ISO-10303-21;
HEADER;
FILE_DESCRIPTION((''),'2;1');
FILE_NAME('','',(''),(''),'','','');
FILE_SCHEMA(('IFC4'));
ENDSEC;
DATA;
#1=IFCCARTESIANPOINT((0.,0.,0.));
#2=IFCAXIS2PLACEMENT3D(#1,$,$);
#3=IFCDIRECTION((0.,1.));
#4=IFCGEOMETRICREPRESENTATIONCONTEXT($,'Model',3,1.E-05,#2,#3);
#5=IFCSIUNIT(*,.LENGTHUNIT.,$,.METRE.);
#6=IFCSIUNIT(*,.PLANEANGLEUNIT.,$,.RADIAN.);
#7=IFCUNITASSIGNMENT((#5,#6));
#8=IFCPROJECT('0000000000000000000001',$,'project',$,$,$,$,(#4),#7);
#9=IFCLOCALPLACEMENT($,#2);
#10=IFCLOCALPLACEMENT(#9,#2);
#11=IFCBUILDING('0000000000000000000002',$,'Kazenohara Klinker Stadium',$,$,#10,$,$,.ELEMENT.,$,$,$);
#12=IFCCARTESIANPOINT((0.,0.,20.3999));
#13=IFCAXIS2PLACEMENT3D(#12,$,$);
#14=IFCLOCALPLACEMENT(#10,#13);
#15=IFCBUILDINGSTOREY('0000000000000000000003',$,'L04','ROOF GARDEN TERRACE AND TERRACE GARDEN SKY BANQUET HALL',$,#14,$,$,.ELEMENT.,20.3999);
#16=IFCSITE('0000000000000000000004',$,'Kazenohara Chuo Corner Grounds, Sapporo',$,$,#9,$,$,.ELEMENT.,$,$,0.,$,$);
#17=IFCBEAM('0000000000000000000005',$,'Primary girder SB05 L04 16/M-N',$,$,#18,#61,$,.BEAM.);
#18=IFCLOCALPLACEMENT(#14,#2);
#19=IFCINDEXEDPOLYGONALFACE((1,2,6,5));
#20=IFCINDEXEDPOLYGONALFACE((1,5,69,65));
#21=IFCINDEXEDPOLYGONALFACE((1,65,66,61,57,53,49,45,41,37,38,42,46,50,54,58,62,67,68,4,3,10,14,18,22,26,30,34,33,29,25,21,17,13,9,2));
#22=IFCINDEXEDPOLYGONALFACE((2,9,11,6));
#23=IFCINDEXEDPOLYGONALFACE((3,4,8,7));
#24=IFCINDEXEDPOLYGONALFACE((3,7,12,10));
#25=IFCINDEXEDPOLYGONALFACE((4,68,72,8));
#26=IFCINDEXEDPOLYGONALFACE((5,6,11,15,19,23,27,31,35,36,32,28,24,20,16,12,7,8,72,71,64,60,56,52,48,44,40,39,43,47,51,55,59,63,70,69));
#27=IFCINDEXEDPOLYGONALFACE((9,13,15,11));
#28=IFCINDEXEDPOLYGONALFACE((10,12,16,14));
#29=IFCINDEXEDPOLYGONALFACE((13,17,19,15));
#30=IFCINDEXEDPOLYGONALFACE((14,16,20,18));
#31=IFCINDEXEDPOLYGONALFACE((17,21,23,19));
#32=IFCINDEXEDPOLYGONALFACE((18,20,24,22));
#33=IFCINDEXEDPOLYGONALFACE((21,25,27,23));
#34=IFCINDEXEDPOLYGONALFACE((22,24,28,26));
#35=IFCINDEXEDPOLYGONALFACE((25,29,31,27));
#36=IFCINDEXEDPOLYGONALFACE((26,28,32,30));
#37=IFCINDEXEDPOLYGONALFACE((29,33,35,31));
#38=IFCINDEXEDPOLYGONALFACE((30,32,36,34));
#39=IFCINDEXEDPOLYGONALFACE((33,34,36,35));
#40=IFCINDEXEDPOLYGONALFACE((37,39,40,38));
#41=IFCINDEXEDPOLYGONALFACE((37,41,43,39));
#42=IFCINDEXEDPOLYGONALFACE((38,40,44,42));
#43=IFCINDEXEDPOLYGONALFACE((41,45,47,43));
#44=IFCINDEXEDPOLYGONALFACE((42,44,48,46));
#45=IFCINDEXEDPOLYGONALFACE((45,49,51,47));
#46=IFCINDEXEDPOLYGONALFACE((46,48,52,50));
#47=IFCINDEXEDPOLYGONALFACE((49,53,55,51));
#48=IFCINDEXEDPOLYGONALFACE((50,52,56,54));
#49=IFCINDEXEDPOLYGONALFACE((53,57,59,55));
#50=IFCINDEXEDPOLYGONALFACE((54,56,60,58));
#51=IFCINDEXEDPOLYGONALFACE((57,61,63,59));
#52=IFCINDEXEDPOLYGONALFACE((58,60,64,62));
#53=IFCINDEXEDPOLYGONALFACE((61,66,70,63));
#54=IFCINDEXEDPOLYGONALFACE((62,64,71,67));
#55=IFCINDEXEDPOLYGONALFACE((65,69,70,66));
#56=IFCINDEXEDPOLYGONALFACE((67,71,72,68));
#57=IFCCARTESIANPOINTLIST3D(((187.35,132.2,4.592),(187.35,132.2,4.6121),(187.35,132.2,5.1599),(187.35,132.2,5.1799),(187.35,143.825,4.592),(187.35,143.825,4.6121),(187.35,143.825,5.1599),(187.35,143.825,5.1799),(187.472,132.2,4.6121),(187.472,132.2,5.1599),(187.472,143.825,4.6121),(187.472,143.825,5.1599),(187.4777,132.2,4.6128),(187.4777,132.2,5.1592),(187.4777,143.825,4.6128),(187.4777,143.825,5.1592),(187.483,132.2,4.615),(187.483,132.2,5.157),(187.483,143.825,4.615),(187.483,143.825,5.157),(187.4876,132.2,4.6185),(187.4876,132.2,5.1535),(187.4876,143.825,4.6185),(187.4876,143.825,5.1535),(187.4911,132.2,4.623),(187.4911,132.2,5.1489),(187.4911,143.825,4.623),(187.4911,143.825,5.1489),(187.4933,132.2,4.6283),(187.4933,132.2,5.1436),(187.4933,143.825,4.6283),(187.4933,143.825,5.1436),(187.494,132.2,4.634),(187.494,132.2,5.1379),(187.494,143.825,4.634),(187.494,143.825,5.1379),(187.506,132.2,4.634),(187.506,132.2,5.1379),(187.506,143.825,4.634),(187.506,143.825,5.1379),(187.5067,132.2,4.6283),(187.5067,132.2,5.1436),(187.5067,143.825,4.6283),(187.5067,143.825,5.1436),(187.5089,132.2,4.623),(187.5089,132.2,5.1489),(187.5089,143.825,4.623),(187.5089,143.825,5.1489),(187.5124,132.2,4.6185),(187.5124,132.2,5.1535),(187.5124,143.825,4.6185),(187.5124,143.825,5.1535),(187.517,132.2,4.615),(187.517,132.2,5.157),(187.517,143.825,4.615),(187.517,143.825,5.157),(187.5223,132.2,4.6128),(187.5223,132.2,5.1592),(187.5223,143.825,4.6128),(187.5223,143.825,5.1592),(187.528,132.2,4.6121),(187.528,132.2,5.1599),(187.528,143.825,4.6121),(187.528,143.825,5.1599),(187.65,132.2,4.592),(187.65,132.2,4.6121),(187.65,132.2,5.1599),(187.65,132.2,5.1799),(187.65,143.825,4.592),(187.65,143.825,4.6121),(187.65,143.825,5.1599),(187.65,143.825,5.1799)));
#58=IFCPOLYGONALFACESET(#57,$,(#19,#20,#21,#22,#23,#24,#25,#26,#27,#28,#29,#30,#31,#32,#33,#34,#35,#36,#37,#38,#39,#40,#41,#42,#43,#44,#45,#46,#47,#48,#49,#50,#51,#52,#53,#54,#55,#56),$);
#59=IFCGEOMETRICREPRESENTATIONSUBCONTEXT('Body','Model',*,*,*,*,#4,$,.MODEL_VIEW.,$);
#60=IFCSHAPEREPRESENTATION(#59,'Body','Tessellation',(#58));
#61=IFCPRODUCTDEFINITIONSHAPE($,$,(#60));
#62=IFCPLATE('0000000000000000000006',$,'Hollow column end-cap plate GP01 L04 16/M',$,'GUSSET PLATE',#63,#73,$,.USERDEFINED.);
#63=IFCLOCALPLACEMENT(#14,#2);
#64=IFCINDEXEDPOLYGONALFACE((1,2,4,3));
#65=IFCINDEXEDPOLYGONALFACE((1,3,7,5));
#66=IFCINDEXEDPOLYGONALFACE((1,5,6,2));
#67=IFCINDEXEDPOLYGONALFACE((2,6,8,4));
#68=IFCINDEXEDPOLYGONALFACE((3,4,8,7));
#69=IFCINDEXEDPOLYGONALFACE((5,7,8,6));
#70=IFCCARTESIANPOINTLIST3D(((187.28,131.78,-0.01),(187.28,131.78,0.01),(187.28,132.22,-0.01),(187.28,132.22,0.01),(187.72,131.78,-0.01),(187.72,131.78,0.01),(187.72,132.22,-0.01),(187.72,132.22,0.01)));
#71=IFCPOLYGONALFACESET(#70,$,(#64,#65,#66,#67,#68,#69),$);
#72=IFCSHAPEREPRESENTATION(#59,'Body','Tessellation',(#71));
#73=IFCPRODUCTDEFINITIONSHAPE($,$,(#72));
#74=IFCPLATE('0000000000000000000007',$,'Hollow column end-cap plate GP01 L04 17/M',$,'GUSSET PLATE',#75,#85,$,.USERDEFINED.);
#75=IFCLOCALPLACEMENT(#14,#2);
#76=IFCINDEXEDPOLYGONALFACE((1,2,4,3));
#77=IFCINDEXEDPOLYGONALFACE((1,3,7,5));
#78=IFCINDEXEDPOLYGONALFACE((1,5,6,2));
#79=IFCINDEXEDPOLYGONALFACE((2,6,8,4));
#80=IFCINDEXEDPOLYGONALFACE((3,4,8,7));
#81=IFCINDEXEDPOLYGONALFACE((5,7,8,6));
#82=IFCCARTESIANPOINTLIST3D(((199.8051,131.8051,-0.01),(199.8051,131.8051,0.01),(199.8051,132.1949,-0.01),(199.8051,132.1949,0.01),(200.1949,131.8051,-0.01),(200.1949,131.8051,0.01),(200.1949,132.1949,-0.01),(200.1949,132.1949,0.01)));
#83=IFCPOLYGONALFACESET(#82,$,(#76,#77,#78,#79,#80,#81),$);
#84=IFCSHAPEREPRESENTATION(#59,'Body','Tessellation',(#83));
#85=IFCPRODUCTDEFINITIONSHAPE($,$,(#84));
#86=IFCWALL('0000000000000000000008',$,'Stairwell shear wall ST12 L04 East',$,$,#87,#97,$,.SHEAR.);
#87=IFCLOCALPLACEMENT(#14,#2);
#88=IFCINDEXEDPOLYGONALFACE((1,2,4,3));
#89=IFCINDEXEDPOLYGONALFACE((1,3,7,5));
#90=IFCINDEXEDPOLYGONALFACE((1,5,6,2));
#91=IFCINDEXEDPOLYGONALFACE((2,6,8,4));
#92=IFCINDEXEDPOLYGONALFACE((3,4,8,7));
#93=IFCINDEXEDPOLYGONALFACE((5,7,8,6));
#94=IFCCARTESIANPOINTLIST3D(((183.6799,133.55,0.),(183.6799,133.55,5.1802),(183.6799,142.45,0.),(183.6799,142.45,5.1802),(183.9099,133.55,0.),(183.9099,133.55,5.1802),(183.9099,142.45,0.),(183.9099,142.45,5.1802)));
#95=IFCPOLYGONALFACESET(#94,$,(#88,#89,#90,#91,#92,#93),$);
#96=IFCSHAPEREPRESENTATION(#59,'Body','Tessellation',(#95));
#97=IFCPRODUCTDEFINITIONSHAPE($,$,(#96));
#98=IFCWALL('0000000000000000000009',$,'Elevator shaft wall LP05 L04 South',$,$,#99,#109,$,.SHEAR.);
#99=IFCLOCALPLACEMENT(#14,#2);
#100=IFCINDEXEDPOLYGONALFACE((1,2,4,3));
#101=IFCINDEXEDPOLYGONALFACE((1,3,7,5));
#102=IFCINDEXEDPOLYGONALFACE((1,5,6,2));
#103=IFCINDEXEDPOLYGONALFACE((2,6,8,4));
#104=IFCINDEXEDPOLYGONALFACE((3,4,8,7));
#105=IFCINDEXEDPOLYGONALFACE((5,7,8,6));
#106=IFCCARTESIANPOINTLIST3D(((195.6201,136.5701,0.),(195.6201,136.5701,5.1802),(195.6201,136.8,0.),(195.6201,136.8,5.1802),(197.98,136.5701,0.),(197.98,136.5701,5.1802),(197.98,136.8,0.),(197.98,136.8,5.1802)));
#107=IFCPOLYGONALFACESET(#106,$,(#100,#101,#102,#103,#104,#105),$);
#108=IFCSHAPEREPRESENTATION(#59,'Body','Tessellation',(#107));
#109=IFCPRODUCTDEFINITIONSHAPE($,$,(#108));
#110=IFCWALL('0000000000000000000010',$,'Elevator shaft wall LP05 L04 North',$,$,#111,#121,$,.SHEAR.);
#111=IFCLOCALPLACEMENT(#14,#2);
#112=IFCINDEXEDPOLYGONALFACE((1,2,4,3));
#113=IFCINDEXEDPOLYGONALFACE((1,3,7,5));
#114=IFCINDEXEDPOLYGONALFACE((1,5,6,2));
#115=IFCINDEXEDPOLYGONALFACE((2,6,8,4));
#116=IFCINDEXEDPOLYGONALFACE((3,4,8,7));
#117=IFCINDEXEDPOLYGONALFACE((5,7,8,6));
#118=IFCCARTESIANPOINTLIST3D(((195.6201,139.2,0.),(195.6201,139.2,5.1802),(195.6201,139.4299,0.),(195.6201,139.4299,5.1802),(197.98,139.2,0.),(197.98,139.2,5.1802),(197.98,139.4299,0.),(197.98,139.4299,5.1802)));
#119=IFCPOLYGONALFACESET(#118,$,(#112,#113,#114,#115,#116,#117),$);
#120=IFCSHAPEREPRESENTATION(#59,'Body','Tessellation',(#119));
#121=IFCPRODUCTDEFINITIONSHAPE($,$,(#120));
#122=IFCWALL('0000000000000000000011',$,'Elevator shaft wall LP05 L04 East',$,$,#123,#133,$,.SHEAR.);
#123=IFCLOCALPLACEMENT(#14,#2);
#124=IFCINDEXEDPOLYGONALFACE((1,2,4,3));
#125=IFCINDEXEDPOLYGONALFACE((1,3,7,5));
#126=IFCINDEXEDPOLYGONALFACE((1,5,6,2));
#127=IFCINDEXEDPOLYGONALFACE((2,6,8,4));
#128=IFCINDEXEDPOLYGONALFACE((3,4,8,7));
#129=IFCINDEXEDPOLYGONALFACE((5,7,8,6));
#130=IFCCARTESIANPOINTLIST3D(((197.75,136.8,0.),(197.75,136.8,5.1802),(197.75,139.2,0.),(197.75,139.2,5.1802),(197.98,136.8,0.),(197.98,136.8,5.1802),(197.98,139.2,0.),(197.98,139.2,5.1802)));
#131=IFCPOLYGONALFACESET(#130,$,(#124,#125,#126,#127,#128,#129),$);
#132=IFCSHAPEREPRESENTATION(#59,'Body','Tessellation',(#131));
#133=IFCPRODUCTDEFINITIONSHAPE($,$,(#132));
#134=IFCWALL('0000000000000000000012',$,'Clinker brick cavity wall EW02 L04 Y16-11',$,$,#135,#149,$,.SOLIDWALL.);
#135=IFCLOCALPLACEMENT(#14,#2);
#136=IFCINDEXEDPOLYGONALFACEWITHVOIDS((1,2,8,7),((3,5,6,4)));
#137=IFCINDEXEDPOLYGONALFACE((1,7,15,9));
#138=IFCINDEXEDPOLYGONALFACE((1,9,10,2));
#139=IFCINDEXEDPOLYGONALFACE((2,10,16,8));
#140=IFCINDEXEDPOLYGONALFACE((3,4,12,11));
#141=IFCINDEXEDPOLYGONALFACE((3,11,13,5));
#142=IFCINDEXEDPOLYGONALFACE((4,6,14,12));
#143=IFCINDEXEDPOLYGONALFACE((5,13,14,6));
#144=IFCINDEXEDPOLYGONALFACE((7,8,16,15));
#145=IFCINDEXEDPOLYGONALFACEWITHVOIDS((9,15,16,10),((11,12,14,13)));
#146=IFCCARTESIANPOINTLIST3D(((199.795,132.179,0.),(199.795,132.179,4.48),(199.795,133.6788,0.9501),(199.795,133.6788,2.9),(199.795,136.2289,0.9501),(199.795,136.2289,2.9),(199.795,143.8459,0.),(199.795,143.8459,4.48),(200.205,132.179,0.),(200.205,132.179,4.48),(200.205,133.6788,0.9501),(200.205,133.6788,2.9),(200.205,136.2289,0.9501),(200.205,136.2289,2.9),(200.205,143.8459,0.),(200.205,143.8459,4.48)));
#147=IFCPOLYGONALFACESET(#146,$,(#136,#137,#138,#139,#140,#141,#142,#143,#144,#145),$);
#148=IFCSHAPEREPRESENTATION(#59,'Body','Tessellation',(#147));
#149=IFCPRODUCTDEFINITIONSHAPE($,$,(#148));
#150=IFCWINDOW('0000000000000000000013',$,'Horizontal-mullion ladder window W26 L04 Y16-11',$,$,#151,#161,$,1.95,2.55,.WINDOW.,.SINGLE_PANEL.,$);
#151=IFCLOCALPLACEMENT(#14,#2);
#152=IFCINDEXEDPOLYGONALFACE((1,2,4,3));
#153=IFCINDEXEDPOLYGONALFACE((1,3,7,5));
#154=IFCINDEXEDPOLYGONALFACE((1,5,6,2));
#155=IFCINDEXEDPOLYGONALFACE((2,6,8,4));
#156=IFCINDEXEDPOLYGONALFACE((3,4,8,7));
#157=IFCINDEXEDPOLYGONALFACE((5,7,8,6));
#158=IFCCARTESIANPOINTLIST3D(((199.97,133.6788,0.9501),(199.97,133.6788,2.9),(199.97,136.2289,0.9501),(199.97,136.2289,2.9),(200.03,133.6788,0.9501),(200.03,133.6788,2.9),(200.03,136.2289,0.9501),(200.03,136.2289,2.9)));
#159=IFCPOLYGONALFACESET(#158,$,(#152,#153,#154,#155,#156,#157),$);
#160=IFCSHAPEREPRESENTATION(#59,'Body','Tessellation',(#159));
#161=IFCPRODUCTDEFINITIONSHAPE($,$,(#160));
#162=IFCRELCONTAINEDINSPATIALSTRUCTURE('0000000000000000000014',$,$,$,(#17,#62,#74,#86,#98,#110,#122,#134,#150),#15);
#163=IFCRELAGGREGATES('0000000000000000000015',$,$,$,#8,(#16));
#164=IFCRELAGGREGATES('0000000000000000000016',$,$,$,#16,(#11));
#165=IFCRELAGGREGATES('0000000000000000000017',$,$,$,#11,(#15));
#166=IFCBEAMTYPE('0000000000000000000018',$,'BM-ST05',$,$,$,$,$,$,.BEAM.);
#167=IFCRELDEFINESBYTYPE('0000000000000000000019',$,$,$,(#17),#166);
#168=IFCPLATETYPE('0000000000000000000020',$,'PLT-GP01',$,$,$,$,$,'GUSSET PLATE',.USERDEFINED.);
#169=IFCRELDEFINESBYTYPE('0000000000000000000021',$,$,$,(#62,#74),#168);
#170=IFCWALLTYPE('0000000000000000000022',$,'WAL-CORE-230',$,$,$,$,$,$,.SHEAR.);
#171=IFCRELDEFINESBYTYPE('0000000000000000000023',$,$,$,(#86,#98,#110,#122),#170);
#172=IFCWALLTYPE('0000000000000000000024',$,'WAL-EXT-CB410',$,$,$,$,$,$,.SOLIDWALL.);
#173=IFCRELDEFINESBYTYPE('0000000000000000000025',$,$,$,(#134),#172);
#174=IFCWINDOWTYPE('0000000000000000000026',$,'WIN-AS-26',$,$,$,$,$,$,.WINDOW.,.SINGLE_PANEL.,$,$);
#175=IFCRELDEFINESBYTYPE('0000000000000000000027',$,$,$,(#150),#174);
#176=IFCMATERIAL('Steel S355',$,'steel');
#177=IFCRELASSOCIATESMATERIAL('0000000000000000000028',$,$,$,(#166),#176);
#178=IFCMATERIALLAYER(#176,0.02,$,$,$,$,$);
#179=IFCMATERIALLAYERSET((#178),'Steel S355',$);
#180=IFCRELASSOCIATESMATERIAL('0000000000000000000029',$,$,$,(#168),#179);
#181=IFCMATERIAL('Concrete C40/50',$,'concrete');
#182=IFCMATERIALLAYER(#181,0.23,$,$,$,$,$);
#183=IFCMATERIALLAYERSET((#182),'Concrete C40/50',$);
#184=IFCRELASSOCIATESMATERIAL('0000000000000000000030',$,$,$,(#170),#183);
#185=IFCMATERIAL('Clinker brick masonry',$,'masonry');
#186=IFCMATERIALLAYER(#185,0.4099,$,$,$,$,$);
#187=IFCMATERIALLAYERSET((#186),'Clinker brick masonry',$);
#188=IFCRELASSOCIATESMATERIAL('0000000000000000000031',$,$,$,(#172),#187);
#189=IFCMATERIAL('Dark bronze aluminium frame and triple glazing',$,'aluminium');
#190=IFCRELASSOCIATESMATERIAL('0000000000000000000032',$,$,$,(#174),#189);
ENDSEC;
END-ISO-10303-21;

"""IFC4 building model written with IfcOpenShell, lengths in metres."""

from ifc_helpers import new_model, si_unit, direction, frame, frame_2d, origin, origin_2d, place, context, subcontext, project, spatial, rectangle, i_section, extrude, material, layer, layer_set, material_profile, profile_set, type_object, element, fill, save


model = new_model("IFC4")

# Units and contexts
model_context = context("Model", 3, precision=1e-05, world=origin(), true_north=direction((0.0, 1.0)))
body_context = subcontext(model_context, "Body", "Model", "MODEL_VIEW")
ifc_project = project(units=[si_unit("LENGTHUNIT", "METRE"), si_unit("PLANEANGLEUNIT", "RADIAN")], contexts=[model_context])

# Site, building, storey
site_placement = place(None, origin())
site = spatial("IfcSite", under=ifc_project, at=site_placement, Name="Kazenohara Chuo Corner Grounds, Sapporo", CompositionType="ELEMENT", RefElevation=0.0)
building_placement = place(site_placement, origin())
building = spatial("IfcBuilding", under=site, at=building_placement, Name="Kazenohara Klinker Stadium", CompositionType="ELEMENT")
storey_placement = place(building_placement, frame((0.0, 0.0, 20.3999)))
storey = spatial("IfcBuildingStorey", under=building, at=storey_placement, Name="L04", Description="ROOF GARDEN TERRACE AND TERRACE GARDEN SKY BANQUET HALL", CompositionType="ELEMENT", Elevation=20.3999)

# Shared definitions
ifc_material_1 = material(Name="Steel S355", Category="steel")

# Beam
ifc_material_2 = material(Name="Concrete C40/50", Category="concrete")
ifc_material_profile_1 = material_profile(ifc_material_1, i_section(OverallWidth=0.3, OverallDepth=0.5879, WebThickness=0.012, FlangeThickness=0.02, FilletRadius=0.022, at=origin_2d()), Name="H-588x300x12x20")
ifc_profile_set_1 = profile_set([ifc_material_profile_1], Name="Steel S355")
beam_type_1 = type_object("IfcBeamType", Name="BM-ST05", PredefinedType="BEAM", material=ifc_profile_set_1)
beam_1_placement = place(storey_placement, frame((187.5, 132.2, 4.886), z_axis=(0.0, 1.0, 0.0), x_axis=(-1.0, 0.0, 0.0)))
element("IfcBeam", 1, at=beam_1_placement, inside=storey, type_object=beam_type_1, Name="Primary girder SB05 L04 16/M-N", PredefinedType="BEAM", context=body_context, shape_type="SweptSolid", body=[
    extrude(i_section(OverallWidth=0.3, OverallDepth=0.5879, WebThickness=0.012, FlangeThickness=0.02, FilletRadius=0.022, at=origin_2d()), origin(), (0.0, 0.0, 1.0), 11.625),
])

# Plates
ifc_layer_1 = layer(ifc_material_1, 0.02)
ifc_layer_set_1 = layer_set([ifc_layer_1], Name="Steel S355")
plate_type = type_object("IfcPlateType", Name="PLT-GP01", ElementType="GUSSET PLATE", PredefinedType="USERDEFINED", material=ifc_layer_set_1)
plate_1_placement = place(storey_placement, frame((187.5, 132.0, -0.01), z_axis=(0.0, 0.0, 1.0), x_axis=(1.0, 0.0, 0.0)))
element("IfcPlate", 2, at=plate_1_placement, inside=storey, type_object=plate_type, Name="Hollow column end-cap plate GP01 L04 16/M", ObjectType="GUSSET PLATE", PredefinedType="USERDEFINED", context=body_context, shape_type="SweptSolid", body=[
    extrude(rectangle(XDim=0.4399, YDim=0.4399, at=origin_2d()), origin(), (0.0, 0.0, 1.0), 0.02),
])
plate_2_placement = place(storey_placement, frame((200.0, 132.0, -0.01), z_axis=(0.0, 0.0, 1.0), x_axis=(1.0, 0.0, 0.0)))
element("IfcPlate", 3, at=plate_2_placement, inside=storey, type_object=plate_type, Name="Hollow column end-cap plate GP01 L04 17/M", ObjectType="GUSSET PLATE", PredefinedType="USERDEFINED", context=body_context, shape_type="SweptSolid", body=[
    extrude(rectangle(XDim=0.3899, YDim=0.3899, at=origin_2d()), origin(), (0.0, 0.0, 1.0), 0.02),
])

# Walls
ifc_layer_2 = layer(ifc_material_2, 0.23)
ifc_layer_set_2 = layer_set([ifc_layer_2], Name="Concrete C40/50")
wall_type_1 = type_object("IfcWallType", Name="WAL-CORE-230", PredefinedType="SHEAR", material=ifc_layer_set_2)
wall_1_placement = place(storey_placement, frame((183.7949, 133.55, 0.0), z_axis=(0.0, 0.0, 1.0), x_axis=(0.0, 1.0, 0.0)))
element("IfcWall", 4, at=wall_1_placement, inside=storey, type_object=wall_type_1, Name="Stairwell shear wall ST12 L04 East", PredefinedType="SHEAR", context=body_context, shape_type="SweptSolid", body=[
    extrude(rectangle(XDim=8.8999, YDim=0.23, at=frame_2d((4.45, 0.0))), origin(), (0.0, 0.0, 1.0), 5.1802),
])
for number, where, z_axis, x_axis, name in (
    (5, (195.6201, 136.6851, 0.0), (0.0, 0.0, 1.0), (1.0, 0.0, 0.0), "Elevator shaft wall LP05 L04 South"),
    (6, (195.6201, 139.3149, 0.0), (0.0, 0.0, 1.0), (1.0, 0.0, 0.0), "Elevator shaft wall LP05 L04 North"),
):
    element("IfcWall", number, at=place(storey_placement, frame(where, z_axis=z_axis, x_axis=x_axis)), inside=storey, type_object=wall_type_1, Name=name, PredefinedType="SHEAR", context=body_context, shape_type="SweptSolid", body=[
        extrude(rectangle(XDim=2.3599, YDim=0.23, at=frame_2d((1.1799, 0.0))), origin(), (0.0, 0.0, 1.0), 5.1802),
    ])

# Wall
wall_2_placement = place(storey_placement, frame((197.865, 136.8, 0.0), z_axis=(0.0, 0.0, 1.0), x_axis=(0.0, 1.0, 0.0)))
element("IfcWall", 7, at=wall_2_placement, inside=storey, type_object=wall_type_1, Name="Elevator shaft wall LP05 L04 East", PredefinedType="SHEAR", context=body_context, shape_type="SweptSolid", body=[
    extrude(rectangle(XDim=2.3999, YDim=0.23, at=frame_2d((1.2, 0.0))), origin(), (0.0, 0.0, 1.0), 5.1802),
])

# Wall, opening, window
ifc_material_3 = material(Name="Clinker brick masonry", Category="masonry")
ifc_layer_3 = layer(ifc_material_3, 0.4099)
ifc_layer_set_3 = layer_set([ifc_layer_3], Name="Clinker brick masonry")
wall_type_2 = type_object("IfcWallType", Name="WAL-EXT-CB410", PredefinedType="SOLIDWALL", material=ifc_layer_set_3)
wall_3_placement = place(storey_placement, frame((200.0, 132.179, 0.0), z_axis=(0.0, 0.0, 1.0), x_axis=(0.0, 1.0, 0.0)))
wall_3 = element("IfcWall", 8, at=wall_3_placement, inside=storey, type_object=wall_type_2, Name="Clinker brick cavity wall EW02 L04 Y16-11", PredefinedType="SOLIDWALL", context=body_context, shape_type="SweptSolid", body=[
    extrude(rectangle(XDim=11.667, YDim=0.4099, at=frame_2d((5.8335, 0.0))), origin(), (0.0, 0.0, 1.0), 4.48),
])
opening_1_placement = place(wall_3_placement, frame((1.5, 0.0, 0.95)))
opening_1 = element("IfcOpeningElement", 9, at=opening_1_placement, cuts=wall_3, PredefinedType="OPENING", context=body_context, shape_type="SweptSolid", body=[
    extrude(rectangle(XDim=2.55, YDim=1.95, at=frame_2d((1.2749, 0.9751))), frame((0.0, 0.2148, 0.0), z_axis=(0.0, -1.0, 0.0), x_axis=(1.0, 0.0, 0.0)), (0.0, 0.0, 1.0), 0.4299),
])
ifc_material_4 = material(Name="Dark bronze aluminium frame and triple glazing", Category="aluminium")
window_type_1 = type_object("IfcWindowType", Name="WIN-AS-26", PartitioningType="SINGLE_PANEL", PredefinedType="WINDOW", material=ifc_material_4)
window_1_placement = place(opening_1_placement, origin())
window_1 = element("IfcWindow", 10, at=window_1_placement, inside=storey, type_object=window_type_1, Name="Horizontal-mullion ladder window W26 L04 Y16-11", OverallHeight=1.95, OverallWidth=2.55, PartitioningType="SINGLE_PANEL", PredefinedType="WINDOW", context=body_context, shape_type="SweptSolid", body=[
    extrude(rectangle(XDim=2.55, YDim=1.95, at=frame_2d((1.2749, 0.9751))), frame((0.0, 0.03, 0.0), z_axis=(0.0, -1.0, 0.0), x_axis=(1.0, 0.0, 0.0)), (0.0, 0.0, 1.0), 0.0601),
])
fill(opening_1, window_1)

save(model, "model.ifc")
